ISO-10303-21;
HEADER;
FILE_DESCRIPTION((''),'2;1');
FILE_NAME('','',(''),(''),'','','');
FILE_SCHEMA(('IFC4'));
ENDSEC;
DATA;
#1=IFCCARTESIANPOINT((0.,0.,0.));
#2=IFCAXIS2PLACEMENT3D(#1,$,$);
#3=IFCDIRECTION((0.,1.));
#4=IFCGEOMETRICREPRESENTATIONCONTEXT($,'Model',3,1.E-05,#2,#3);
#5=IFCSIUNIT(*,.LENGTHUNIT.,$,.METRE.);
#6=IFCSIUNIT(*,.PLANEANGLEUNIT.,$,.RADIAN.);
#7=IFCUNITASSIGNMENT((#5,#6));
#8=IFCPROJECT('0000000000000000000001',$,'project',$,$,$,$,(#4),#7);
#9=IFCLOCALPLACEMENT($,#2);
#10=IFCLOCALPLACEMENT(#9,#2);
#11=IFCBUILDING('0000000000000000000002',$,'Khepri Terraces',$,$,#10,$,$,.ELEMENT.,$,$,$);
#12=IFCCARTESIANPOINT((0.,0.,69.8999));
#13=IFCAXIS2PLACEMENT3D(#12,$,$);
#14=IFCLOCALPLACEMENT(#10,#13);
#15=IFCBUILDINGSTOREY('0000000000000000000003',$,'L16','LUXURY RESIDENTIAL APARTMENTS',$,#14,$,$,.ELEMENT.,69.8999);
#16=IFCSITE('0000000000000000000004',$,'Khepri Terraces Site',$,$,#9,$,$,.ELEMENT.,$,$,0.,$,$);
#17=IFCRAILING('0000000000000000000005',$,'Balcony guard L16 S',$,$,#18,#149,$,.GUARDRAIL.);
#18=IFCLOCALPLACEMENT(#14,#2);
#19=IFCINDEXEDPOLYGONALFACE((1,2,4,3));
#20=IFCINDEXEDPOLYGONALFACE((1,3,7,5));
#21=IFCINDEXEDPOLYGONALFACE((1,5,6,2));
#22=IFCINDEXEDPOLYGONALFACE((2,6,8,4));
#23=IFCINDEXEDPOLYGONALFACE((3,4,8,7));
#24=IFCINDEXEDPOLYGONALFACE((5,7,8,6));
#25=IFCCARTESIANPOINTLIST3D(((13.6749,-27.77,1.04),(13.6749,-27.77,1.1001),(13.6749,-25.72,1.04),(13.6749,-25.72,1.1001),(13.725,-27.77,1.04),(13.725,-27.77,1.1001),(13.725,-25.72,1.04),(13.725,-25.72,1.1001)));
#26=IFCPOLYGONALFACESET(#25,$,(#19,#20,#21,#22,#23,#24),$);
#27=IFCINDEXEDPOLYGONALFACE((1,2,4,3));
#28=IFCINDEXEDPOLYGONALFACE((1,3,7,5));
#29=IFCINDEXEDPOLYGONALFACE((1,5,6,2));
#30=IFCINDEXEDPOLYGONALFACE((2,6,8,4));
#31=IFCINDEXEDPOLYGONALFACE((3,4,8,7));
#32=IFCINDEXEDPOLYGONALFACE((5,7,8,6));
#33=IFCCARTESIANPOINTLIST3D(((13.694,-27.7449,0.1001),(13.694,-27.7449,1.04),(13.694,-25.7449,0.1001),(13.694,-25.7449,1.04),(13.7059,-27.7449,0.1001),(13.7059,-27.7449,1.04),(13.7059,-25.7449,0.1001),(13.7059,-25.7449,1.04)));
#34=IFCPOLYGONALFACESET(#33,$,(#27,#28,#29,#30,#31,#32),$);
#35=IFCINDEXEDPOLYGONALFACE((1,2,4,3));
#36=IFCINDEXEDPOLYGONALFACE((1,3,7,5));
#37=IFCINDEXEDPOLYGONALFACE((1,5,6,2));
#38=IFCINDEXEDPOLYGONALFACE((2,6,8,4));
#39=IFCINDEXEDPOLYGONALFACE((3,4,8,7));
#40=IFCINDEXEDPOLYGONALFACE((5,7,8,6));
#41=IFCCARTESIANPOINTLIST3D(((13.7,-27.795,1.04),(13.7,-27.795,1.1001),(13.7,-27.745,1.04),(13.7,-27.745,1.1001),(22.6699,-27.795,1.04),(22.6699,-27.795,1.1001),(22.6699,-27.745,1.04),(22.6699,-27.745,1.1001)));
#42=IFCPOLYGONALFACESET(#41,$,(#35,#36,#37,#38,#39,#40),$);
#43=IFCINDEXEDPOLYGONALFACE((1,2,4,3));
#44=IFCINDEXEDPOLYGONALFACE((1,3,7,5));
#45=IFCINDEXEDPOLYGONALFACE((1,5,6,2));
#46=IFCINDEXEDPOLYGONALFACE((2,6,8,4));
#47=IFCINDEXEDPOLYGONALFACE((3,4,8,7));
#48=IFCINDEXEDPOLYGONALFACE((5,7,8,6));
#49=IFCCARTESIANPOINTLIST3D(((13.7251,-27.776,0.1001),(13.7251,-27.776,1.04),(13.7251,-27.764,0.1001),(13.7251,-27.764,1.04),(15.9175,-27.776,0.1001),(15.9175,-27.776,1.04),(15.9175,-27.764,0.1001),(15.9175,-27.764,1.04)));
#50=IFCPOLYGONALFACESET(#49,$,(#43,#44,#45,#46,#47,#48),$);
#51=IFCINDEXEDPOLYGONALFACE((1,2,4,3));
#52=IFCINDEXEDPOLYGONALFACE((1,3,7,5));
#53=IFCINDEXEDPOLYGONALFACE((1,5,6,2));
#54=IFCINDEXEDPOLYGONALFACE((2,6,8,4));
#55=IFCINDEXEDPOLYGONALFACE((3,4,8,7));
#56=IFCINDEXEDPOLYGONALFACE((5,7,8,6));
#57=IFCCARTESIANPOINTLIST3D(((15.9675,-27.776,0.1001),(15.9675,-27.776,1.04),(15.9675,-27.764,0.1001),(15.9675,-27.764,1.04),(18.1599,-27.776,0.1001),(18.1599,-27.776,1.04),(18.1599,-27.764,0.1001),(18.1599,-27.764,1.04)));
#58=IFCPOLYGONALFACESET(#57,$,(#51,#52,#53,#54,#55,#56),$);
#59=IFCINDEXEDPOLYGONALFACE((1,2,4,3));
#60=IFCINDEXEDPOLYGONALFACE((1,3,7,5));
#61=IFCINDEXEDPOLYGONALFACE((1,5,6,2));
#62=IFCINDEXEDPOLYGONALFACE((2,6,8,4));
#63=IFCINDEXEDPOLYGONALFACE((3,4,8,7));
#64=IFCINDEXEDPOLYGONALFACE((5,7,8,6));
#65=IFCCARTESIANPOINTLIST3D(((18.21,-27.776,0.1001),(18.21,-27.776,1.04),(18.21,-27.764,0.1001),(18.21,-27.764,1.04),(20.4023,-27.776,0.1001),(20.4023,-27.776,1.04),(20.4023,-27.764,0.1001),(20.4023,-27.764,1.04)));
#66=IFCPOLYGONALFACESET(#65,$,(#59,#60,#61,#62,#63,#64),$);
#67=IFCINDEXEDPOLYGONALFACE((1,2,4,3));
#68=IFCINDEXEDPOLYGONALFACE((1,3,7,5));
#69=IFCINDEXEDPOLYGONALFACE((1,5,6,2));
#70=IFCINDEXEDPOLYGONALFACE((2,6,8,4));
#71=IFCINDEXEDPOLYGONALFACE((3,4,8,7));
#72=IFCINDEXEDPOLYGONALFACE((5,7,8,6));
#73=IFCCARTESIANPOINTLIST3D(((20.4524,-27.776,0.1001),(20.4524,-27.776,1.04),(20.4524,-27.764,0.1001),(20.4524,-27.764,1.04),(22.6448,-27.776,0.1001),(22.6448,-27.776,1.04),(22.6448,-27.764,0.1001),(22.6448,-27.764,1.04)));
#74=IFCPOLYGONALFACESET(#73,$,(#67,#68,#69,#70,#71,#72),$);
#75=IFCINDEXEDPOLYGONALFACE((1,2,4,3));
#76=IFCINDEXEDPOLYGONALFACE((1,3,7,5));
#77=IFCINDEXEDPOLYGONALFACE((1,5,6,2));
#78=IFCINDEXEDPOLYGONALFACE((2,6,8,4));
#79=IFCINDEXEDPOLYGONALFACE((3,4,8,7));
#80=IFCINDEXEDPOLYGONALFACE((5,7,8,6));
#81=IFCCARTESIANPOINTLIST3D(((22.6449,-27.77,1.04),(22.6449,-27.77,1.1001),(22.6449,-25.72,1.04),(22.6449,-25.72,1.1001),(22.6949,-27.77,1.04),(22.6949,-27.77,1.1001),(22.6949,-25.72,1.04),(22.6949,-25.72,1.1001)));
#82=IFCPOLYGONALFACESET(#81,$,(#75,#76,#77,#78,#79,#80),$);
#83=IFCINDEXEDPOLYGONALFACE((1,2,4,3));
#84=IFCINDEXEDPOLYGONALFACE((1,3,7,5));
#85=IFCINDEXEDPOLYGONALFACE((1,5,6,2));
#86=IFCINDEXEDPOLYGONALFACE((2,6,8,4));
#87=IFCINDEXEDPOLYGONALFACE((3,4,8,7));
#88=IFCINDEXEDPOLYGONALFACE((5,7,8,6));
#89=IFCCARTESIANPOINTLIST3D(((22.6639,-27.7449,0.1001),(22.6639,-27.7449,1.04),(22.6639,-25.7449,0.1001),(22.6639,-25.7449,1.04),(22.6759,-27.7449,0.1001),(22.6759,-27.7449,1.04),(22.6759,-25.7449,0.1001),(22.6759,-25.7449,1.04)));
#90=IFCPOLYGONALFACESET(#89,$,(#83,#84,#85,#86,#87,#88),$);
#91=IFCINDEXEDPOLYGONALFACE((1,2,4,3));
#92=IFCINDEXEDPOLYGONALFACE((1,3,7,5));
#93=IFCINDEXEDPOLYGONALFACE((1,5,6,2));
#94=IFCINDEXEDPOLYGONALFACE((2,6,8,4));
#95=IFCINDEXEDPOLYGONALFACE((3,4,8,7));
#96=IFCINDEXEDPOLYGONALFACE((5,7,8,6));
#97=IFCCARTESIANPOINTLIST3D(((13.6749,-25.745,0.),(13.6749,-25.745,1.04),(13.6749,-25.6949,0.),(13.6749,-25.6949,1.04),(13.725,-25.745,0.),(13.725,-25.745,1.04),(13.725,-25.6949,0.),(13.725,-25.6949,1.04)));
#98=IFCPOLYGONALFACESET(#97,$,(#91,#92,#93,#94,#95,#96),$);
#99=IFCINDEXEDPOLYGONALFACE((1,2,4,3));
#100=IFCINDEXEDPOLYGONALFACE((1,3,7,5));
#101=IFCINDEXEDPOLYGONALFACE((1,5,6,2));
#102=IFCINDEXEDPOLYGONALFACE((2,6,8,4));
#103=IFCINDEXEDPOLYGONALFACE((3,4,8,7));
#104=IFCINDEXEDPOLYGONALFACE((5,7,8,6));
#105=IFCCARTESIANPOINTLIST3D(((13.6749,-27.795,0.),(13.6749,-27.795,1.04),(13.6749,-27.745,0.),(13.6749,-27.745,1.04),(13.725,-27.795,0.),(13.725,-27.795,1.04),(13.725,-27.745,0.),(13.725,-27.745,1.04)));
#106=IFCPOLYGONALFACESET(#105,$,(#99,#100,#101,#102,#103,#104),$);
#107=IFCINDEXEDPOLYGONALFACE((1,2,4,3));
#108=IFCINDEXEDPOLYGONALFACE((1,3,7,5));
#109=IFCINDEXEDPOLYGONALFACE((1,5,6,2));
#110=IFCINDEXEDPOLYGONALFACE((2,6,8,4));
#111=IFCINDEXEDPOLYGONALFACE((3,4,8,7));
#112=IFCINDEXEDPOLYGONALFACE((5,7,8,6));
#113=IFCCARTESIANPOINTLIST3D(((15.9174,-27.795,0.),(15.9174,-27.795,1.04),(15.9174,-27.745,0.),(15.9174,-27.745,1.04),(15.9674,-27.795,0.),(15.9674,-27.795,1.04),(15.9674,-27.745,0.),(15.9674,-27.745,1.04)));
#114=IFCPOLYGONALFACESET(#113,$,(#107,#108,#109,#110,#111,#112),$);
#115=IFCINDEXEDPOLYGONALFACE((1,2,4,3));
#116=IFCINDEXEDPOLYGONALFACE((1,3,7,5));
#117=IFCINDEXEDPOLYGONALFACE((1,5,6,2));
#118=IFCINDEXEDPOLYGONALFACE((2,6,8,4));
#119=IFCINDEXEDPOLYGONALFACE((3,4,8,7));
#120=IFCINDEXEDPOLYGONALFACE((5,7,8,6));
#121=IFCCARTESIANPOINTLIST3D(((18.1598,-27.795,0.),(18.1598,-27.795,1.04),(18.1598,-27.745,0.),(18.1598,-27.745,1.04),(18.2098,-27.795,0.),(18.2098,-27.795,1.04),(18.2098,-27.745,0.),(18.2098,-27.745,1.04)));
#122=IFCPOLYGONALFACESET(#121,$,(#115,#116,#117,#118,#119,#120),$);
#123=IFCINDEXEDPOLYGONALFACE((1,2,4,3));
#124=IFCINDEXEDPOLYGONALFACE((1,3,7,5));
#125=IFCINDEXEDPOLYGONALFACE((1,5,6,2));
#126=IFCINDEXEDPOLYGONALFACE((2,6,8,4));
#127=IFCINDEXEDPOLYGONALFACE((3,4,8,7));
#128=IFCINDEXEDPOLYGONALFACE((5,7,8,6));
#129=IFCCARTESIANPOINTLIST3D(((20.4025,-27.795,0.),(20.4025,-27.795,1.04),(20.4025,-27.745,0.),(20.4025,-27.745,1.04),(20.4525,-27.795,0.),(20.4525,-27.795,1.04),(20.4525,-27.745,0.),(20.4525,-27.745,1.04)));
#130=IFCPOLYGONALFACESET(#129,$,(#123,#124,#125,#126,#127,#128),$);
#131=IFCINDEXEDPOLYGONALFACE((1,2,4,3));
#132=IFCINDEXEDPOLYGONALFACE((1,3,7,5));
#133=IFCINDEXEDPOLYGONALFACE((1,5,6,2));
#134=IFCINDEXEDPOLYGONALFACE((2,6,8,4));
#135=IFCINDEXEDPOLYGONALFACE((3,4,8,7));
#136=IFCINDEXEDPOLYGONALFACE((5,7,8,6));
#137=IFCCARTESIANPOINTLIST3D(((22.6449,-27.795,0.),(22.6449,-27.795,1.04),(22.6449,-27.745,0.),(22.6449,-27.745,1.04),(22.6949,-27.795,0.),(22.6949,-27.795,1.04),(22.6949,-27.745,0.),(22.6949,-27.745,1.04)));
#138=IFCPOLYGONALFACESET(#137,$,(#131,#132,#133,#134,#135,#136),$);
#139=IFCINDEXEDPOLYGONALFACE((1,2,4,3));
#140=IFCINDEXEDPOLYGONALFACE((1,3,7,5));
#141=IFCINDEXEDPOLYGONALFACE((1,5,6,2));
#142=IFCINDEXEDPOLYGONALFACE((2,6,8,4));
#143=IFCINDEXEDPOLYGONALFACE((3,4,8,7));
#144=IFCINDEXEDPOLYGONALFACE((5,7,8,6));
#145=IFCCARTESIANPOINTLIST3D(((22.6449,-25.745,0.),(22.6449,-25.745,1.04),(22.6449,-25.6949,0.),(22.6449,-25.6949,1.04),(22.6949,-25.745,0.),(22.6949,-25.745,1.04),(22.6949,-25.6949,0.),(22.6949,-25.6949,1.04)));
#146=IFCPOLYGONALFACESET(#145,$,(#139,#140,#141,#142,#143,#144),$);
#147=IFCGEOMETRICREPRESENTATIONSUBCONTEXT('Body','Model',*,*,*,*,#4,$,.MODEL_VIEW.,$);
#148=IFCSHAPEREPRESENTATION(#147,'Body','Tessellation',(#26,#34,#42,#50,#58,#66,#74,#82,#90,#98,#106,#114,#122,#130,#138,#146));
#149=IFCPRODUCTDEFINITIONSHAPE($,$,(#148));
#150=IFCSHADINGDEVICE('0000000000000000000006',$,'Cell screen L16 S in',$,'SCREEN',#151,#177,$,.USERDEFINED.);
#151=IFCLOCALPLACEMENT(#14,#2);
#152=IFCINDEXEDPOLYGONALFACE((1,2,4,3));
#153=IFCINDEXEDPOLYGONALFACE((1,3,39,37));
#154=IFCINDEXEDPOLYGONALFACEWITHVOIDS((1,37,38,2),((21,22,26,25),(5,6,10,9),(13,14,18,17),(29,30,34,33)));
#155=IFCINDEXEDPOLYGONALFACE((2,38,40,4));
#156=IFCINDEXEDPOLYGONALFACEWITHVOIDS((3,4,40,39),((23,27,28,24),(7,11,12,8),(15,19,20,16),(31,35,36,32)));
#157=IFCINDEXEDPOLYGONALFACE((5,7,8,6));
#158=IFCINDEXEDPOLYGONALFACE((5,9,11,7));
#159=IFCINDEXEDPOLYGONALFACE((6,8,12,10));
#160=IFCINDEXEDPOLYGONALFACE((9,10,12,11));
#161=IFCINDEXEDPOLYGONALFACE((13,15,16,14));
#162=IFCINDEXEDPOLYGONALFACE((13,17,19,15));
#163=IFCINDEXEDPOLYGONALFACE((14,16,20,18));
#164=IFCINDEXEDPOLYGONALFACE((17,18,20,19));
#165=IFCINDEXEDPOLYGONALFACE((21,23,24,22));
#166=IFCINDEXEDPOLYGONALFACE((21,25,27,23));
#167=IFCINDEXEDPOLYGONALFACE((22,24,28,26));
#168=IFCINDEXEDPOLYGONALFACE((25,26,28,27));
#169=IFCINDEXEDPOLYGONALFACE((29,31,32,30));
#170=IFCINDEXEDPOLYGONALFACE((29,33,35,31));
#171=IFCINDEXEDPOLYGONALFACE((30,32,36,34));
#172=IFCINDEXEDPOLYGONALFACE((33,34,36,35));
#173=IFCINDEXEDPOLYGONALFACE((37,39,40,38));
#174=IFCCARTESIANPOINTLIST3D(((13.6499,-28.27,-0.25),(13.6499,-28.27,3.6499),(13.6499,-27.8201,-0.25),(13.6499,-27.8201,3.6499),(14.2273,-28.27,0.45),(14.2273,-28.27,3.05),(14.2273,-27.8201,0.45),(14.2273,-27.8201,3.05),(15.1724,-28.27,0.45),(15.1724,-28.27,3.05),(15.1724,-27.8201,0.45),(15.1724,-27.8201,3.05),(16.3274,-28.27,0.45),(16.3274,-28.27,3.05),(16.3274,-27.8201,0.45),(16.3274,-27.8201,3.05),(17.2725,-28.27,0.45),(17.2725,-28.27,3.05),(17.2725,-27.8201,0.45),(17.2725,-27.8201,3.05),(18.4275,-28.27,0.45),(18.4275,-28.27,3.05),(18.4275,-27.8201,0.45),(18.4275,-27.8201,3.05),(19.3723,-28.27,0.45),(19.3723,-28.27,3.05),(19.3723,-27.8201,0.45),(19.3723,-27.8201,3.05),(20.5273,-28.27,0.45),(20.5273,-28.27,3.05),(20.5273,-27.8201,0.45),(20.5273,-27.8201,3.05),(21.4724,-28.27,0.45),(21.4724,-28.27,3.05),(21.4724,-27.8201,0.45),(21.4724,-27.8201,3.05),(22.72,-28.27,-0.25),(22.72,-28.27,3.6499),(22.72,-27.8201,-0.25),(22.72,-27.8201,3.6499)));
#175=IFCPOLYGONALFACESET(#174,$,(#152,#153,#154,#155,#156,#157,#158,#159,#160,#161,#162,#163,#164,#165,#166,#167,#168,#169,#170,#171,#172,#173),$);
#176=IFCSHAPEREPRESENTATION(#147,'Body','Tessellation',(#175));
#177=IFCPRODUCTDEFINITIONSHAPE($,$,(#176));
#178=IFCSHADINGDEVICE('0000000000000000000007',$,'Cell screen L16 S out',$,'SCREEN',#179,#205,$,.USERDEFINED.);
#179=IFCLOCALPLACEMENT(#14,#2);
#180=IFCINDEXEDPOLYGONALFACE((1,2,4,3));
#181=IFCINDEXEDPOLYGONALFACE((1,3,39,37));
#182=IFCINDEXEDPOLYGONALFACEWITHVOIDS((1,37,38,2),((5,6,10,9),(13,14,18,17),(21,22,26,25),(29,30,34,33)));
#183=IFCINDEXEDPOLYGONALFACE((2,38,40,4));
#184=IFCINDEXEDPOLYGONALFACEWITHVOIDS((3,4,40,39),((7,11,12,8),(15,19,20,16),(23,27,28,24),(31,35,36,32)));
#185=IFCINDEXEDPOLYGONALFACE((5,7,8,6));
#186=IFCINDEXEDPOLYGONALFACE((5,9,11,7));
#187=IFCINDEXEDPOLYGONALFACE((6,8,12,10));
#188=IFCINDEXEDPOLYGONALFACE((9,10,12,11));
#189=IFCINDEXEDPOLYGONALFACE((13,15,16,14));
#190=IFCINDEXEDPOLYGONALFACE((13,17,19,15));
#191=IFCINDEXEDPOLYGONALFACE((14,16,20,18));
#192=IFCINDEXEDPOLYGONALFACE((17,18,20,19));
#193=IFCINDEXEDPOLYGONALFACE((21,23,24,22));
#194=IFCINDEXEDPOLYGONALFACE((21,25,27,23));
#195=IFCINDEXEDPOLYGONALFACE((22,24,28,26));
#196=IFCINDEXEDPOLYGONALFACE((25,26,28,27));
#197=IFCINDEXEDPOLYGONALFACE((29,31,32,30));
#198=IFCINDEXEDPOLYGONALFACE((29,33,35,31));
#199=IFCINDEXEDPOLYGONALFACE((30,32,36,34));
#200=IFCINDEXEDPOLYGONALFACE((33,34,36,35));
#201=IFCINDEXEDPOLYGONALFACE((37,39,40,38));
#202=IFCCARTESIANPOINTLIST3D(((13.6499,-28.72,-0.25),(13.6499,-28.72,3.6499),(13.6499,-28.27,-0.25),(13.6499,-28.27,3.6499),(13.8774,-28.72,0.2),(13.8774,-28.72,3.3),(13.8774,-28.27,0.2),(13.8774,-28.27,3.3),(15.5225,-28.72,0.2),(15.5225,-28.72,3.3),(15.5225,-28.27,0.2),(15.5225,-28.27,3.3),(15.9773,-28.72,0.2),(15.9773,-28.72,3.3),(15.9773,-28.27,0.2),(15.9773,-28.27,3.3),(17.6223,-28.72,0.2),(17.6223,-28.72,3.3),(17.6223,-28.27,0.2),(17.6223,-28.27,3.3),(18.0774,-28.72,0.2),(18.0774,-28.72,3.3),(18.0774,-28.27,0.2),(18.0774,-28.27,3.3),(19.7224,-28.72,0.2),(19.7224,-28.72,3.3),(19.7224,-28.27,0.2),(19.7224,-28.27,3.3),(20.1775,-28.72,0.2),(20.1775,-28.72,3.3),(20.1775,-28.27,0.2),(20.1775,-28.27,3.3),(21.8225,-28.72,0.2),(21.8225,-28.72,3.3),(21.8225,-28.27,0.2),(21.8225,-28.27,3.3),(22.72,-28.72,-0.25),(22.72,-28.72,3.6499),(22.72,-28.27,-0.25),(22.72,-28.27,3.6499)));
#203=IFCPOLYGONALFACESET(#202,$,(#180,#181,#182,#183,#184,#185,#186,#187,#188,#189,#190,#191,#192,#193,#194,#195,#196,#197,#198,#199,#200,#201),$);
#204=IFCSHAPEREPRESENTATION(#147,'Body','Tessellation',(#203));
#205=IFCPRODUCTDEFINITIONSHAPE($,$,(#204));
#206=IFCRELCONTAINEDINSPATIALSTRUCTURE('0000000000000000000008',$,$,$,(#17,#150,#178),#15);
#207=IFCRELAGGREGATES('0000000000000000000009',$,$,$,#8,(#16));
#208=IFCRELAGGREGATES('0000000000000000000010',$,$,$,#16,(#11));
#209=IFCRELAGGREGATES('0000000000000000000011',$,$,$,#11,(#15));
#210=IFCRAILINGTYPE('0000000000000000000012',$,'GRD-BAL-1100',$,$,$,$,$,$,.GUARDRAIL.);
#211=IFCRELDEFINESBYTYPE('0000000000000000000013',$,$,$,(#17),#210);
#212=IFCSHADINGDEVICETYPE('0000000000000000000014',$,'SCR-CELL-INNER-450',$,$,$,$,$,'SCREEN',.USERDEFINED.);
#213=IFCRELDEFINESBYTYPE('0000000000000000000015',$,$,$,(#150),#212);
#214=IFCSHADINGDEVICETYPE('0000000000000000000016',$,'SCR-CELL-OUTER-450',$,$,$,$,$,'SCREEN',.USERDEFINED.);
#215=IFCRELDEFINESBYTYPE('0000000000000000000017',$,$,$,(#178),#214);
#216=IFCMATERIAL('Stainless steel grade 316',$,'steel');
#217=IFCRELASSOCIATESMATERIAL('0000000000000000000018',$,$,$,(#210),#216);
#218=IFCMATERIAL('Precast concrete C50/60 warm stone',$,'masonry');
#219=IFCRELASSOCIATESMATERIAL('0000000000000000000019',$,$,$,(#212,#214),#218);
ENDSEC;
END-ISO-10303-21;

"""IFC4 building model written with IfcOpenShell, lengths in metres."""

from ifc_helpers import new_model, si_unit, direction, frame, origin, origin_2d, place, context, subcontext, project, spatial, polyline, rectangle, outline, extrude, material, type_object, element, save


model = new_model("IFC4")

# Units and contexts
model_context = context("Model", 3, precision=1e-05, world=origin(), true_north=direction((0.0, 1.0)))
body_context = subcontext(model_context, "Body", "Model", "MODEL_VIEW")
ifc_project = project(units=[si_unit("LENGTHUNIT", "METRE"), si_unit("PLANEANGLEUNIT", "RADIAN")], contexts=[model_context])

# Site, building, storey
site_placement = place(None, origin())
site = spatial("IfcSite", under=ifc_project, at=site_placement, Name="Khepri Terraces Site", CompositionType="ELEMENT", RefElevation=0.0)
building_placement = place(site_placement, origin())
building = spatial("IfcBuilding", under=site, at=building_placement, Name="Khepri Terraces", CompositionType="ELEMENT")
storey_placement = place(building_placement, frame((0.0, 0.0, 69.8999)))
storey = spatial("IfcBuildingStorey", under=building, at=storey_placement, Name="L16", Description="LUXURY RESIDENTIAL APARTMENTS", CompositionType="ELEMENT", Elevation=69.8999)

# Railing
ifc_material_1 = material(Name="Stainless steel grade 316", Category="steel")
railing_type = type_object("IfcRailingType", Name="GRD-BAL-1100", PredefinedType="GUARDRAIL", material=ifc_material_1)
railing_placement = place(storey_placement, frame((13.7, -25.72, 0.0)))
element("IfcRailing", 1, at=railing_placement, inside=storey, type_object=railing_type, Name="Balcony guard L16 S", PredefinedType="GUARDRAIL", context=body_context, shape_type="SweptSolid", body=[
    extrude(rectangle(XDim=0.05, YDim=0.0601, at=origin_2d()), frame((0.0, 0.0, 1.0701), z_axis=(0.0, -1.0, 0.0), x_axis=(1.0, 0.0, 0.0)), (0.0, 0.0, 1.0), 2.05),
    extrude(rectangle(XDim=2.0, YDim=0.012, at=origin_2d()), frame((0.0, -1.0249, 0.1001), z_axis=(0.0, 0.0, 1.0), x_axis=(0.0, -1.0, 0.0)), (0.0, 0.0, 1.0), 0.9399),
    extrude(rectangle(XDim=0.05, YDim=0.0601, at=origin_2d()), frame((0.0, -2.05, 1.0701), z_axis=(1.0, 0.0, 0.0), x_axis=(0.0, 1.0, 0.0)), (0.0, 0.0, 1.0), 8.97),
    extrude(rectangle(XDim=2.1924, YDim=0.012, at=origin_2d()), frame((1.1213, -2.05, 0.1001), z_axis=(0.0, 0.0, 1.0), x_axis=(1.0, 0.0, 0.0)), (0.0, 0.0, 1.0), 0.9399),
    extrude(rectangle(XDim=2.1924, YDim=0.012, at=origin_2d()), frame((3.3638, -2.05, 0.1001), z_axis=(0.0, 0.0, 1.0), x_axis=(1.0, 0.0, 0.0)), (0.0, 0.0, 1.0), 0.9399),
    extrude(rectangle(XDim=2.1924, YDim=0.012, at=origin_2d()), frame((5.6062, -2.05, 0.1001), z_axis=(0.0, 0.0, 1.0), x_axis=(1.0, 0.0, 0.0)), (0.0, 0.0, 1.0), 0.9399),
    extrude(rectangle(XDim=2.1924, YDim=0.012, at=origin_2d()), frame((7.8486, -2.05, 0.1001), z_axis=(0.0, 0.0, 1.0), x_axis=(1.0, 0.0, 0.0)), (0.0, 0.0, 1.0), 0.9399),
    extrude(rectangle(XDim=0.05, YDim=0.0601, at=origin_2d()), frame((8.97, -2.05, 1.0701), z_axis=(0.0, 1.0, 0.0), x_axis=(-1.0, 0.0, 0.0)), (0.0, 0.0, 1.0), 2.05),
    extrude(rectangle(XDim=2.0, YDim=0.012, at=origin_2d()), frame((8.97, -1.0249, 0.1001), z_axis=(0.0, 0.0, 1.0), x_axis=(0.0, 1.0, 0.0)), (0.0, 0.0, 1.0), 0.9399),
    extrude(rectangle(XDim=0.05, YDim=0.05, at=origin_2d()), origin(), (0.0, 0.0, 1.0), 1.04),
    extrude(rectangle(XDim=0.05, YDim=0.05, at=origin_2d()), frame((0.0, -2.05, 0.0)), (0.0, 0.0, 1.0), 1.04),
    extrude(rectangle(XDim=0.05, YDim=0.05, at=origin_2d()), frame((2.2424, -2.05, 0.0)), (0.0, 0.0, 1.0), 1.04),
    extrude(rectangle(XDim=0.05, YDim=0.05, at=origin_2d()), frame((4.4849, -2.05, 0.0)), (0.0, 0.0, 1.0), 1.04),
    extrude(rectangle(XDim=0.05, YDim=0.05, at=origin_2d()), frame((6.7275, -2.05, 0.0)), (0.0, 0.0, 1.0), 1.04),
    extrude(rectangle(XDim=0.05, YDim=0.05, at=origin_2d()), frame((8.97, -2.05, 0.0)), (0.0, 0.0, 1.0), 1.04),
    extrude(rectangle(XDim=0.05, YDim=0.05, at=origin_2d()), frame((8.97, 0.0, 0.0)), (0.0, 0.0, 1.0), 1.04),
])

# Shading devices
ifc_material_2 = material(Name="Precast concrete C50/60 warm stone", Category="masonry")
shading_device_type_1 = type_object("IfcShadingDeviceType", Name="SCR-CELL-INNER-450", ElementType="SCREEN", PredefinedType="USERDEFINED", material=ifc_material_2)
shading_device_1_placement = place(storey_placement, frame((13.6499, -27.8201, -0.25), z_axis=(0.0, -1.0, 0.0), x_axis=(1.0, 0.0, 0.0)))
element("IfcShadingDevice", 2, at=shading_device_1_placement, inside=storey, type_object=shading_device_type_1, Name="Cell screen L16 S in", ObjectType="SCREEN", PredefinedType="USERDEFINED", context=body_context, shape_type="SweptSolid", body=[
    extrude(outline(polyline([(0.0, 0.0), (9.0701, 0.0), (9.0701, 3.8999), (0.0, 3.8999), (0.0, 0.0)]), holes=[polyline([(0.5774, 0.7), (1.5225, 0.7), (1.5225, 3.3), (0.5774, 3.3), (0.5774, 0.7)]), polyline([(2.6775, 0.7), (3.6226, 0.7), (3.6226, 3.3), (2.6775, 3.3), (2.6775, 0.7)]), polyline([(4.7776, 0.7), (5.7224, 0.7), (5.7224, 3.3), (4.7776, 3.3), (4.7776, 0.7)]), polyline([(6.8774, 0.7), (7.8225, 0.7), (7.8225, 3.3), (6.8774, 3.3), (6.8774, 0.7)])]), origin(), (0.0, 0.0, 1.0), 0.45),
])
shading_device_type_2 = type_object("IfcShadingDeviceType", Name="SCR-CELL-OUTER-450", ElementType="SCREEN", PredefinedType="USERDEFINED", material=ifc_material_2)
shading_device_2_placement = place(storey_placement, frame((13.6499, -28.27, -0.25), z_axis=(0.0, -1.0, 0.0), x_axis=(1.0, 0.0, 0.0)))
element("IfcShadingDevice", 3, at=shading_device_2_placement, inside=storey, type_object=shading_device_type_2, Name="Cell screen L16 S out", ObjectType="SCREEN", PredefinedType="USERDEFINED", context=body_context, shape_type="SweptSolid", body=[
    extrude(outline(polyline([(0.0, 0.0), (9.0701, 0.0), (9.0701, 3.8999), (0.0, 3.8999), (0.0, 0.0)]), holes=[polyline([(0.2275, 0.45), (1.8726, 0.45), (1.8726, 3.55), (0.2275, 3.55), (0.2275, 0.45)]), polyline([(2.3274, 0.45), (3.9724, 0.45), (3.9724, 3.55), (2.3274, 3.55), (2.3274, 0.45)]), polyline([(4.4275, 0.45), (6.0725, 0.45), (6.0725, 3.55), (4.4275, 3.55), (4.4275, 0.45)]), polyline([(6.5276, 0.45), (8.1726, 0.45), (8.1726, 3.55), (6.5276, 3.55), (6.5276, 0.45)])]), origin(), (0.0, 0.0, 1.0), 0.45),
])

save(model, "model.ifc")
